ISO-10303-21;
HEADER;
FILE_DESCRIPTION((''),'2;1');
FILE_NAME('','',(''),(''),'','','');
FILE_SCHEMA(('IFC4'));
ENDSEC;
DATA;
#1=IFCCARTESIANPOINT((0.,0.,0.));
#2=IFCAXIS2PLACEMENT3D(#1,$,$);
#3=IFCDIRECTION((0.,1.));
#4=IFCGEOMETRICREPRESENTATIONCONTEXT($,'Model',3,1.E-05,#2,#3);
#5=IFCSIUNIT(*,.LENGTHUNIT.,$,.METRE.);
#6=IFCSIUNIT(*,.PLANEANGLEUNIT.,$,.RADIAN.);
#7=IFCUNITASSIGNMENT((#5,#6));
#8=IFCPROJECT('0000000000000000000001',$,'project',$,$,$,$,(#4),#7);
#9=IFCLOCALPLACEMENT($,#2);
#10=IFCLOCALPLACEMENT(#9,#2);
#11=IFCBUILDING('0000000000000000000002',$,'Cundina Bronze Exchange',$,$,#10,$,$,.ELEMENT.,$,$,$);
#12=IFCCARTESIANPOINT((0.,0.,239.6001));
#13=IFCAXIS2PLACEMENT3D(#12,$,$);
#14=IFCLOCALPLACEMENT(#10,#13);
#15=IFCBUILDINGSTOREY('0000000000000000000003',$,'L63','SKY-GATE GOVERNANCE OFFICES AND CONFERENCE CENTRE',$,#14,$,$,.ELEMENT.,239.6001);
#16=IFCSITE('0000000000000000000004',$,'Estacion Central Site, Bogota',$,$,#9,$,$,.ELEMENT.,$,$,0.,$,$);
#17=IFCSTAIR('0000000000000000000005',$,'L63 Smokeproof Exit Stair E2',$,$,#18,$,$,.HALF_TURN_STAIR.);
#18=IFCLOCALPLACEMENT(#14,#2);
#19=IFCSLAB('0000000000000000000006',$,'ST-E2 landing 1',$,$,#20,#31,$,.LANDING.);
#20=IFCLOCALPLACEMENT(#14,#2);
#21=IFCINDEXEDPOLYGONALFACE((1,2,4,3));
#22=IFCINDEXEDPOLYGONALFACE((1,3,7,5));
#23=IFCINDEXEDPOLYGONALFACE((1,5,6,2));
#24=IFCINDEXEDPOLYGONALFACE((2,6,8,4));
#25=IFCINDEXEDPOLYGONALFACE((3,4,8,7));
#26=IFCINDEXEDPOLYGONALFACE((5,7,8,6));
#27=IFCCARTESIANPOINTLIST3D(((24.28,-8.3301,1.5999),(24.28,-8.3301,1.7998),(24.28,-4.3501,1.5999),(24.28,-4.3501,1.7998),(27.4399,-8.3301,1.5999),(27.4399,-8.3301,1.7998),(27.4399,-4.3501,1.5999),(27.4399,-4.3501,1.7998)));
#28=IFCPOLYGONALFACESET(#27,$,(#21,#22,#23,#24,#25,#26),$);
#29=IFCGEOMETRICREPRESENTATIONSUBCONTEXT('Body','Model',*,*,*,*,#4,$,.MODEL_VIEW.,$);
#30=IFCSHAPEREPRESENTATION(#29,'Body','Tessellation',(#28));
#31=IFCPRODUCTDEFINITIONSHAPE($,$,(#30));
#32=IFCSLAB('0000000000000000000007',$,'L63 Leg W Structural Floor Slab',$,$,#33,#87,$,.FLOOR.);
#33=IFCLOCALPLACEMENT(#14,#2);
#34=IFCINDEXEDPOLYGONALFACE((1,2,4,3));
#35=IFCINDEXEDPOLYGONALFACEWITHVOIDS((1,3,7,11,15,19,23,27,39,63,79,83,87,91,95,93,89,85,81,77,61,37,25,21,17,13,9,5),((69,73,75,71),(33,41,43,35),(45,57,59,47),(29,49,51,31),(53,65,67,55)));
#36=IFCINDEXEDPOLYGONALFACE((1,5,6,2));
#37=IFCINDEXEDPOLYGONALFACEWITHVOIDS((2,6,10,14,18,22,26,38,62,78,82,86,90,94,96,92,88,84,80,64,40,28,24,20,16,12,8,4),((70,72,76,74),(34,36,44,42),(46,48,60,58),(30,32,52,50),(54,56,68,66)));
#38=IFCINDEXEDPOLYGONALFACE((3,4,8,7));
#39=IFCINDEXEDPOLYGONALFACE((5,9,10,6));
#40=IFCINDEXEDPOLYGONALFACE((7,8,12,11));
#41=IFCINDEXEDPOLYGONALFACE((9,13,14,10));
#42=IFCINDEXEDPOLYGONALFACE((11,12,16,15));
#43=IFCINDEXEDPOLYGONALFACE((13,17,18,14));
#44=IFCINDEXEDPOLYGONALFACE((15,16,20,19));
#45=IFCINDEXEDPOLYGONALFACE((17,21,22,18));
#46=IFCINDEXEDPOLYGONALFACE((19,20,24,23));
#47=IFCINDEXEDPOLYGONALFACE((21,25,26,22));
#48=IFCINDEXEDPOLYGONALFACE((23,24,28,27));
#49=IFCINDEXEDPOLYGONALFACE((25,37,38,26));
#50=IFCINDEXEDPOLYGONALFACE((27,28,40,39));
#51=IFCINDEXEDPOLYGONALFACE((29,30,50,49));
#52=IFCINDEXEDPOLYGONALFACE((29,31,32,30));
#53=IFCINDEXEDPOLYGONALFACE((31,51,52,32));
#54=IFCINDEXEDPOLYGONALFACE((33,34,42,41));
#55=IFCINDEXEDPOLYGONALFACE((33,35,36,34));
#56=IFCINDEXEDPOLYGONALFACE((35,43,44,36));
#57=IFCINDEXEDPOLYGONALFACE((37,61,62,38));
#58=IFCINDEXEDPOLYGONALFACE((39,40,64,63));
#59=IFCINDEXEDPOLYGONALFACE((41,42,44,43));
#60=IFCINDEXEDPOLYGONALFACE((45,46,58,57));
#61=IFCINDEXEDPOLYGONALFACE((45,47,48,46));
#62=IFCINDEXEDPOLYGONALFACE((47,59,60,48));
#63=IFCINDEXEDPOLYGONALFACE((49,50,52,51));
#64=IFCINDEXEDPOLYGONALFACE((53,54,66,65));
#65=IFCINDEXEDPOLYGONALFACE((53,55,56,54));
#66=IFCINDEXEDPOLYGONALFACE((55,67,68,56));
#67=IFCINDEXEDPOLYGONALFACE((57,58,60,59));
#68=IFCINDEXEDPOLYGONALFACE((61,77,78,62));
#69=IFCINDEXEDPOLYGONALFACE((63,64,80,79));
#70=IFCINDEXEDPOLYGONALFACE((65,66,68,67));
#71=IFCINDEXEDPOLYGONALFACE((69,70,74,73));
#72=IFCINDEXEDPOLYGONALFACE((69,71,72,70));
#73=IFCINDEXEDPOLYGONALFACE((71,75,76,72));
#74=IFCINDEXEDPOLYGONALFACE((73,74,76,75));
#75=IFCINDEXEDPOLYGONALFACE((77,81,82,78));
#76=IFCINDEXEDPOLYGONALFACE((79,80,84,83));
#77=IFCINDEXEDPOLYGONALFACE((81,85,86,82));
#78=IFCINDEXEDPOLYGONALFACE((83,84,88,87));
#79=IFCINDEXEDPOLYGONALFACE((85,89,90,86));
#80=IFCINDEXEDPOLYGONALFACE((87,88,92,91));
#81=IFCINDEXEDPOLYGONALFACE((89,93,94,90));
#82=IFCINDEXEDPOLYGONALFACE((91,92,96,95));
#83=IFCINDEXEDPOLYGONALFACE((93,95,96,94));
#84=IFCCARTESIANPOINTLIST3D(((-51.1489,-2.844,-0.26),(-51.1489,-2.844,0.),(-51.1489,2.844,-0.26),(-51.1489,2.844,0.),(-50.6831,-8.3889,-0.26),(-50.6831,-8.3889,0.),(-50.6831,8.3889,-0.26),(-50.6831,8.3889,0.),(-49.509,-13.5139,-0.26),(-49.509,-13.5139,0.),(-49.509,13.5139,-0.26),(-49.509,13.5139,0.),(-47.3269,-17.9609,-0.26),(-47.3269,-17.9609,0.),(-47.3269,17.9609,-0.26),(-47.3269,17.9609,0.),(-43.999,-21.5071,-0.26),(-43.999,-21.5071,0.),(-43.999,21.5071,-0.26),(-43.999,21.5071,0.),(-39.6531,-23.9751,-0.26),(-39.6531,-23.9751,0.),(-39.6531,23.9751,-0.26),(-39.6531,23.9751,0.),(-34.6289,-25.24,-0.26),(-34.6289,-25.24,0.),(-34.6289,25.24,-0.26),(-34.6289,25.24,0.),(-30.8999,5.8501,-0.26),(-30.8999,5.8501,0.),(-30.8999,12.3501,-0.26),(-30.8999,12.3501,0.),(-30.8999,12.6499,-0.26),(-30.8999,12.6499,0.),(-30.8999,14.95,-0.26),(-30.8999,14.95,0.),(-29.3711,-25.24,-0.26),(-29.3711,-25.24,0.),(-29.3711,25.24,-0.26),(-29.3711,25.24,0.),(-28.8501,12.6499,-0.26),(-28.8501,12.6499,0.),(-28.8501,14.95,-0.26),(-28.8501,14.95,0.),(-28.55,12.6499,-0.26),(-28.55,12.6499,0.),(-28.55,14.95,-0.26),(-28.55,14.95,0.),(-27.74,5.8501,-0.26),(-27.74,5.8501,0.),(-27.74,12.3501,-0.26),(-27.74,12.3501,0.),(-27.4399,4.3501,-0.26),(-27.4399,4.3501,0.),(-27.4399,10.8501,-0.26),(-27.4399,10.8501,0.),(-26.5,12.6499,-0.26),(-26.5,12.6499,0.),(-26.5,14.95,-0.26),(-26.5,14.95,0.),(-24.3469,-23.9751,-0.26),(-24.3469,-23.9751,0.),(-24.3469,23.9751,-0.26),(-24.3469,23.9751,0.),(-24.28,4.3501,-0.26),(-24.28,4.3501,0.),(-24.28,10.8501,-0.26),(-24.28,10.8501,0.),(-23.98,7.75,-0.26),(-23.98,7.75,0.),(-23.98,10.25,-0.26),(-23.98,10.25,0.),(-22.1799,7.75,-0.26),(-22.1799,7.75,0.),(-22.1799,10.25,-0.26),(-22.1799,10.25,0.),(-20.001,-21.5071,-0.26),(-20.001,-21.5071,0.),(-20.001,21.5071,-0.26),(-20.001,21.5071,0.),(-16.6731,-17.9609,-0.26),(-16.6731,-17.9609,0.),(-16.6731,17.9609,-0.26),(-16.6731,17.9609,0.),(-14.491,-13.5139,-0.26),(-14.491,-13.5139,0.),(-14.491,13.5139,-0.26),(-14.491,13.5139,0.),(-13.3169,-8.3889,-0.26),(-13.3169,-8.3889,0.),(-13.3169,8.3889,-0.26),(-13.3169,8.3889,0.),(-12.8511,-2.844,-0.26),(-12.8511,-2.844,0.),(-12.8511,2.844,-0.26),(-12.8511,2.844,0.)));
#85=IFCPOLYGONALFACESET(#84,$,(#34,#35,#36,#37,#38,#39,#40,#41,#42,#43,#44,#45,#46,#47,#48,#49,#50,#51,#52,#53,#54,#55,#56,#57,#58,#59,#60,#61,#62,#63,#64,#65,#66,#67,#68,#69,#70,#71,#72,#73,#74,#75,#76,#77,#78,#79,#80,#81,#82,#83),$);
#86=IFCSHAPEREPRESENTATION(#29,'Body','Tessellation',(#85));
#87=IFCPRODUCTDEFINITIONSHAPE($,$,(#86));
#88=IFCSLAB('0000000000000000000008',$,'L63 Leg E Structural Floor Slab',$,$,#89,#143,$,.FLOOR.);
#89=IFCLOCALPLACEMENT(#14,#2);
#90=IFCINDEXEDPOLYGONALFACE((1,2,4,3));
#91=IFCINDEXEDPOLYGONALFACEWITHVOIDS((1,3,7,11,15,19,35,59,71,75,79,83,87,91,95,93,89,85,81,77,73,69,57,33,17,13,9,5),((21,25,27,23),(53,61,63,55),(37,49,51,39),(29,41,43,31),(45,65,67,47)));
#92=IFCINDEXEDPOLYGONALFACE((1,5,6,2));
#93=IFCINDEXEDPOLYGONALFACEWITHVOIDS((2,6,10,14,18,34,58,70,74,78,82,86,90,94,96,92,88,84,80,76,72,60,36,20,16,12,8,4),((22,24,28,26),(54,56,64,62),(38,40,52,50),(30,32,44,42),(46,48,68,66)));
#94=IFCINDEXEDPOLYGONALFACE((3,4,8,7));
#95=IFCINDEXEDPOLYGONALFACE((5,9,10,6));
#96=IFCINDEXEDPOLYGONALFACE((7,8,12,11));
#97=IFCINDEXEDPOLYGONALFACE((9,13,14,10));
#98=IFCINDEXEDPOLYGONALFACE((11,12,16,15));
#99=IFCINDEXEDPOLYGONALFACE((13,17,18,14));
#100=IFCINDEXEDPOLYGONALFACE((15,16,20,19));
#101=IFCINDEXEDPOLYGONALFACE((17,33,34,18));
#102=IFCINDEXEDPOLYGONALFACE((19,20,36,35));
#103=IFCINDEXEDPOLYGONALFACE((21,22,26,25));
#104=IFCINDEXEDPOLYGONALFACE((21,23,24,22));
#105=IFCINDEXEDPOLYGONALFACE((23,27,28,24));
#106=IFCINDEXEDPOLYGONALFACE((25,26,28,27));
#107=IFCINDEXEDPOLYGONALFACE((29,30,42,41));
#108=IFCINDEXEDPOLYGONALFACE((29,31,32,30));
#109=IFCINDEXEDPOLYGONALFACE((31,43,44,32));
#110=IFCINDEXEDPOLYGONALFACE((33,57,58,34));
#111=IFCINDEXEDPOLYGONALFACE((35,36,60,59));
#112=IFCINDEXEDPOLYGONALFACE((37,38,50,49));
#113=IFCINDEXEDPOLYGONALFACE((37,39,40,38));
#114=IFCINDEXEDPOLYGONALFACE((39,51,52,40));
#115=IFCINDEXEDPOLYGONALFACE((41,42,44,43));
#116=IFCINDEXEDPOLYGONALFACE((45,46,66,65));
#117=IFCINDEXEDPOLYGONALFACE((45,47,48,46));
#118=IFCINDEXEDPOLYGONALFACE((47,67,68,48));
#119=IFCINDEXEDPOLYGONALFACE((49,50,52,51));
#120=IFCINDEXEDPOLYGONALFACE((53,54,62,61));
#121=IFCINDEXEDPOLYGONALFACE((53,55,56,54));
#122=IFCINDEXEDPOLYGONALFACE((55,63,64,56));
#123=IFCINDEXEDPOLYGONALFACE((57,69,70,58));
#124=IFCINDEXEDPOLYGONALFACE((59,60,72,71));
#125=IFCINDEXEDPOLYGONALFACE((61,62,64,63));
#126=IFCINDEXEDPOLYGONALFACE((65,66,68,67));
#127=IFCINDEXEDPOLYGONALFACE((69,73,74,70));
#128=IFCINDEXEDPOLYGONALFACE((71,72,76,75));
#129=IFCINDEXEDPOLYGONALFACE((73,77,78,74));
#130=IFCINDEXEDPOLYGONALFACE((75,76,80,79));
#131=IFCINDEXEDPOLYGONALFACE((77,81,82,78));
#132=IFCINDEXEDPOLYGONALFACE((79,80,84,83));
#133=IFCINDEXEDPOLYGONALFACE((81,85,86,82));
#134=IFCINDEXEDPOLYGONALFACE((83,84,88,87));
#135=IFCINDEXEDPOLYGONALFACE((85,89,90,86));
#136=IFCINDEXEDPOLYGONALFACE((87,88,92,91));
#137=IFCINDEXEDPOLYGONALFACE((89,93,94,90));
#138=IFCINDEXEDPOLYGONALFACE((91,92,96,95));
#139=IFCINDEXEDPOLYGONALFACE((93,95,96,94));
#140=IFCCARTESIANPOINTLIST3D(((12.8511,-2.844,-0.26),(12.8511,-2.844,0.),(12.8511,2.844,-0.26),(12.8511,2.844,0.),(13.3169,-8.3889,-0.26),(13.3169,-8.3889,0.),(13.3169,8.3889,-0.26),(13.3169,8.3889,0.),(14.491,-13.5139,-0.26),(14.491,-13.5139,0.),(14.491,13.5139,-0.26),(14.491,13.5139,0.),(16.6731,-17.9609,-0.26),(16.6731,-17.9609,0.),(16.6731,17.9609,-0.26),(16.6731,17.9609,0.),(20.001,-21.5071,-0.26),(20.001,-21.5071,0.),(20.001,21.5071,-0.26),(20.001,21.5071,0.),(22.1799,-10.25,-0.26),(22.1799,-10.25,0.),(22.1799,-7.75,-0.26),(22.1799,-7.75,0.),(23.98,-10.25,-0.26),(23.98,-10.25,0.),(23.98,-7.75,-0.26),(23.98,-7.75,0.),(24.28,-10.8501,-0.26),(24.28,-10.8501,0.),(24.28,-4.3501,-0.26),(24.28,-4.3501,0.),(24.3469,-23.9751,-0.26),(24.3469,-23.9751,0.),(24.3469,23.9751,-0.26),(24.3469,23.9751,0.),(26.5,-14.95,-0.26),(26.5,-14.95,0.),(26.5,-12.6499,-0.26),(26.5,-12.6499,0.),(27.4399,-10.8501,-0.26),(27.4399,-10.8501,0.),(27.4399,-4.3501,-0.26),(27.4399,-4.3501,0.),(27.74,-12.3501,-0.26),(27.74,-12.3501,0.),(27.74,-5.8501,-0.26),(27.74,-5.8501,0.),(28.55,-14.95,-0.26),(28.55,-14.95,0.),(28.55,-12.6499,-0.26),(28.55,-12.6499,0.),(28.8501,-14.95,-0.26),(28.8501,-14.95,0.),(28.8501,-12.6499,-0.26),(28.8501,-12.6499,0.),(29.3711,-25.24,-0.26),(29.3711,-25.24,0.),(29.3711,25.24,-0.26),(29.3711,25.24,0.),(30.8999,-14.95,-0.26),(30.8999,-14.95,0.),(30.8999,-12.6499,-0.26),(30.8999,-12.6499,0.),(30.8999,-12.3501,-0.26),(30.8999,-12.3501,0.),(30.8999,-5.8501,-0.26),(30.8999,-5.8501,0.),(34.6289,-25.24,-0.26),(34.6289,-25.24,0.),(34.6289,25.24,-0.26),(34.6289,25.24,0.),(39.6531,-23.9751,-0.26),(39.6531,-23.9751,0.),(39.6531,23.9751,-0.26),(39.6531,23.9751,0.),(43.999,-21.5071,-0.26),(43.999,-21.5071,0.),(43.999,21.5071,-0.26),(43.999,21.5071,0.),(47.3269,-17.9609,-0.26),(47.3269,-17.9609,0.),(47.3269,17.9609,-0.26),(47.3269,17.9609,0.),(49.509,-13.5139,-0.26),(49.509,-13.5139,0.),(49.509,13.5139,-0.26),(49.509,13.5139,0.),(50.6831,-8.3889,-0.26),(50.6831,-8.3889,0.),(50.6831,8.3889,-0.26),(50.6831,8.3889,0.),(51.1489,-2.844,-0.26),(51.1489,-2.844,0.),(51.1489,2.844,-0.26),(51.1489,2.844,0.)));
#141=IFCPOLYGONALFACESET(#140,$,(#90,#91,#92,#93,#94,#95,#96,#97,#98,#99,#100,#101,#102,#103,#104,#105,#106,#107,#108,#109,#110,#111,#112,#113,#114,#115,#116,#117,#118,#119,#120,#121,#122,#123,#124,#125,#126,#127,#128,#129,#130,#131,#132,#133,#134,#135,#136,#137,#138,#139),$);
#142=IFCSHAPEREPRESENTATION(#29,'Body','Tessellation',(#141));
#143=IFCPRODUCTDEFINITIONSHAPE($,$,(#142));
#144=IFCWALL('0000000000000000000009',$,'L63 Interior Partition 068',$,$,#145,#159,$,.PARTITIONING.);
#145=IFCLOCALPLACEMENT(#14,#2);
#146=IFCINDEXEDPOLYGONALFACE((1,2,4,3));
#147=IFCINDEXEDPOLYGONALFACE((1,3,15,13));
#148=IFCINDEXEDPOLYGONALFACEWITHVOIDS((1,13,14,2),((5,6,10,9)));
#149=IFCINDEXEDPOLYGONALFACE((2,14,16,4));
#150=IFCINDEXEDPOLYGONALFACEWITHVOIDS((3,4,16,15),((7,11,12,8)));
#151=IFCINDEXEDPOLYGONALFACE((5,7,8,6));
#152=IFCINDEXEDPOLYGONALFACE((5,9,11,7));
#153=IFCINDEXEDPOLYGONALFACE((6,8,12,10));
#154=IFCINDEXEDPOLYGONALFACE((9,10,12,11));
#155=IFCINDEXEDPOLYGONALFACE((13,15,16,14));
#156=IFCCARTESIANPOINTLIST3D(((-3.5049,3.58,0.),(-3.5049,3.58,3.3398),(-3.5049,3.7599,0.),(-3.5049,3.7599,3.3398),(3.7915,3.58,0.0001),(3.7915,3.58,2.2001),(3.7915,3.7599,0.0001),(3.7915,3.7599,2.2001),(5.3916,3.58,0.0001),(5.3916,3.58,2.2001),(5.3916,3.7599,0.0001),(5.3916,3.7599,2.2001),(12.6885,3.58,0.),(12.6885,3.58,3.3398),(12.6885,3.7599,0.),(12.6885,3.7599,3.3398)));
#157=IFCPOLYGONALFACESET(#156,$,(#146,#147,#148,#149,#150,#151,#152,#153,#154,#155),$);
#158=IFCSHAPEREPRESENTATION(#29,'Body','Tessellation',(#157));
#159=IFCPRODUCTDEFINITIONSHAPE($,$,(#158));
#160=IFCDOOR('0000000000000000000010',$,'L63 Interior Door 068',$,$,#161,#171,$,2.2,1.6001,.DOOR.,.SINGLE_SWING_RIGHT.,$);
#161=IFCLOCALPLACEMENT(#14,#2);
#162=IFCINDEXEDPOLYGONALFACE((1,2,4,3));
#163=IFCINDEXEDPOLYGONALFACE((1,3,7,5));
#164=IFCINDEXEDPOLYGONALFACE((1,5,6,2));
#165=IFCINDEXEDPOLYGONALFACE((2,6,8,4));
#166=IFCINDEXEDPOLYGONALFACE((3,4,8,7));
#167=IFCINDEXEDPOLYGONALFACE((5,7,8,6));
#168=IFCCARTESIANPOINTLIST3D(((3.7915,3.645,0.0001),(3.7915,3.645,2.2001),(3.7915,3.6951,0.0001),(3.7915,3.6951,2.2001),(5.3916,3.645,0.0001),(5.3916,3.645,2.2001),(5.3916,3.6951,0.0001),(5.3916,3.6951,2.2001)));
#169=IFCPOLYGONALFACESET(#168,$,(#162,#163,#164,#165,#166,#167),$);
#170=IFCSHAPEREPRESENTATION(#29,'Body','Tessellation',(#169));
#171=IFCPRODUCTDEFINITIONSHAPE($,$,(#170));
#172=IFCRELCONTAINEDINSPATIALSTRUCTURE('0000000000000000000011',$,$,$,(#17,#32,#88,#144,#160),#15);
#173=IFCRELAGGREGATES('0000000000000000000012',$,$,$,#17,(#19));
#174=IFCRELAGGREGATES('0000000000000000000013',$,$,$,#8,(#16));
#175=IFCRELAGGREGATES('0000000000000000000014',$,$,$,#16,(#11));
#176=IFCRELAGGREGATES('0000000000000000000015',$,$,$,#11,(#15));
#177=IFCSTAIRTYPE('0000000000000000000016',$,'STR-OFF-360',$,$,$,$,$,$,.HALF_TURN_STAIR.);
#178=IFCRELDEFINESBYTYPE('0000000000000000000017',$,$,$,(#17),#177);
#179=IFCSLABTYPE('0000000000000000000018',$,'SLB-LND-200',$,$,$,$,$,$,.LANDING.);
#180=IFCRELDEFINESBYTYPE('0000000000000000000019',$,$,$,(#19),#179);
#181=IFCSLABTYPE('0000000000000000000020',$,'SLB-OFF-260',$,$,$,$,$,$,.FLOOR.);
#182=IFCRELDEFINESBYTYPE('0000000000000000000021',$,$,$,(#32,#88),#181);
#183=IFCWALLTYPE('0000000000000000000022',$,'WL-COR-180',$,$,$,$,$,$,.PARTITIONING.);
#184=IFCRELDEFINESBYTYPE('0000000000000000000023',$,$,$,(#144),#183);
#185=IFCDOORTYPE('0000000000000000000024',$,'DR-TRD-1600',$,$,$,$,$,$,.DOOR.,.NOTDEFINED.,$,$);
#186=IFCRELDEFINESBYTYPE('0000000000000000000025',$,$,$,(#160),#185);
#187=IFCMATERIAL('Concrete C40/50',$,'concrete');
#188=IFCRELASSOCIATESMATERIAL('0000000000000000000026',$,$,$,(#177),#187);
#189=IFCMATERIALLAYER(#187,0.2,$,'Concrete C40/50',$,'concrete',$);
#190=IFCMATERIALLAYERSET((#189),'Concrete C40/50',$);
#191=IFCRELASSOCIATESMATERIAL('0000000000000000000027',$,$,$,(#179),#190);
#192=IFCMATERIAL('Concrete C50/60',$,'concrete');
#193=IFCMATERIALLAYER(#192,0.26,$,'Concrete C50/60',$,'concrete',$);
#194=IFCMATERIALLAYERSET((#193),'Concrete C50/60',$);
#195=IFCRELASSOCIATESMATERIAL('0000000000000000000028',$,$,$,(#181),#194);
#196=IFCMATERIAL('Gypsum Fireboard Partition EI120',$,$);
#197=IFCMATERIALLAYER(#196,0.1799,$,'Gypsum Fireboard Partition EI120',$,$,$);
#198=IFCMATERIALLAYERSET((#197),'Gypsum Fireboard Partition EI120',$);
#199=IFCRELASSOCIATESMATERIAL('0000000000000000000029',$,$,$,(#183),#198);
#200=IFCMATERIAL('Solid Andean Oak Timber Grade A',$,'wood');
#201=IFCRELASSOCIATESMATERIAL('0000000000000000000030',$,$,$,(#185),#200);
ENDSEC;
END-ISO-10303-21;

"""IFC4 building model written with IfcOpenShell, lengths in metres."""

from ifc_helpers import new_model, si_unit, direction, frame, frame_2d, origin, place, context, subcontext, project, spatial, polyline, rectangle, outline, extrude, material, layer, layer_set, type_object, element, fill, aggregate, save


model = new_model("IFC4")

# Units and contexts
model_context = context("Model", 3, precision=1e-05, world=origin(), true_north=direction((0.0, 1.0)))
body_context = subcontext(model_context, "Body", "Model", "MODEL_VIEW")
ifc_project = project(units=[si_unit("LENGTHUNIT", "METRE"), si_unit("PLANEANGLEUNIT", "RADIAN")], contexts=[model_context])

# Site, building, storey
site_placement = place(None, origin())
site = spatial("IfcSite", under=ifc_project, at=site_placement, Name="Estacion Central Site, Bogota", CompositionType="ELEMENT", RefElevation=0.0)
building_placement = place(site_placement, origin())
building = spatial("IfcBuilding", under=site, at=building_placement, Name="Cundina Bronze Exchange", CompositionType="ELEMENT")
storey_placement = place(building_placement, frame((0.0, 0.0, 239.6001)))
storey = spatial("IfcBuildingStorey", under=building, at=storey_placement, Name="L63", Description="SKY-GATE GOVERNANCE OFFICES AND CONFERENCE CENTRE", CompositionType="ELEMENT", Elevation=239.6001)

# Shared definitions
ifc_material_1 = material(Name="Concrete C50/60", Category="concrete")

# Stair, slab
ifc_material_2 = material(Name="Concrete C40/50", Category="concrete")
stair_type = type_object("IfcStairType", Name="STR-OFF-360", PredefinedType="HALF_TURN_STAIR", material=ifc_material_2)
ifc_layer_1 = layer(ifc_material_2, 0.2, Name="Concrete C40/50", Category="concrete")
ifc_layer_set_1 = layer_set([ifc_layer_1], Name="Concrete C40/50")
slab_type_1 = type_object("IfcSlabType", Name="SLB-LND-200", PredefinedType="LANDING", material=ifc_layer_set_1)
stair_1_placement = place(storey_placement, origin())
stair_1 = element("IfcStair", 1, at=stair_1_placement, inside=storey, type_object=stair_type, Name="L63 Smokeproof Exit Stair E2", PredefinedType="HALF_TURN_STAIR")
slab_1_placement = place(storey_placement, frame((0.0, 0.0, 1.5999)))
slab_1 = element("IfcSlab", 2, at=slab_1_placement, type_object=slab_type_1, Name="ST-E2 landing 1", PredefinedType="LANDING", context=body_context, shape_type="SweptSolid", body=[
    extrude(outline(polyline([(27.4399, -8.3301), (27.4399, -4.3501), (24.28, -4.3501), (24.28, -8.3301), (27.4399, -8.3301)])), origin(), (0.0, 0.0, 1.0), 0.2),
])
aggregate(stair_1, [slab_1])

# Slabs
ifc_layer_2 = layer(ifc_material_1, 0.26, Name="Concrete C50/60", Category="concrete")
ifc_layer_set_2 = layer_set([ifc_layer_2], Name="Concrete C50/60")
slab_type_2 = type_object("IfcSlabType", Name="SLB-OFF-260", PredefinedType="FLOOR", material=ifc_layer_set_2)
slab_2_placement = place(storey_placement, frame((0.0, 0.0, -0.26)))
element("IfcSlab", 3, at=slab_2_placement, inside=storey, type_object=slab_type_2, Name="L63 Leg W Structural Floor Slab", PredefinedType="FLOOR", context=body_context, shape_type="SweptSolid", body=[
    extrude(outline(polyline([(-12.8511, 2.844), (-13.3169, 8.3889), (-14.491, 13.5139), (-16.6731, 17.9609), (-20.001, 21.5071), (-24.3469, 23.9751), (-29.3711, 25.24), (-34.6289, 25.24), (-39.6531, 23.9751), (-43.999, 21.5071), (-47.3269, 17.9609), (-49.509, 13.5139), (-50.6831, 8.3889), (-51.1489, 2.844), (-51.1489, -2.844), (-50.6831, -8.3889), (-49.509, -13.5139), (-47.3269, -17.9609), (-43.999, -21.5071), (-39.6531, -23.9751), (-34.6289, -25.24), (-29.3711, -25.24), (-24.3469, -23.9751), (-20.001, -21.5071), (-16.6731, -17.9609), (-14.491, -13.5139), (-13.3169, -8.3889), (-12.8511, -2.844), (-12.8511, 2.844)]), holes=[polyline([(-27.74, 5.8501), (-27.74, 12.3501), (-30.8999, 12.3501), (-30.8999, 5.8501), (-27.74, 5.8501)]), polyline([(-27.4399, 10.8501), (-27.4399, 4.3501), (-24.28, 4.3501), (-24.28, 10.8501), (-27.4399, 10.8501)]), polyline([(-23.98, 10.25), (-22.1799, 10.25), (-22.1799, 7.75), (-23.98, 7.75), (-23.98, 10.25)]), polyline([(-30.8999, 14.95), (-28.8501, 14.95), (-28.8501, 12.6499), (-30.8999, 12.6499), (-30.8999, 14.95)]), polyline([(-28.55, 14.95), (-26.5, 14.95), (-26.5, 12.6499), (-28.55, 12.6499), (-28.55, 14.95)])]), origin(), (0.0, 0.0, 1.0), 0.26),
])
slab_3_placement = place(storey_placement, frame((0.0, 0.0, -0.26)))
element("IfcSlab", 4, at=slab_3_placement, inside=storey, type_object=slab_type_2, Name="L63 Leg E Structural Floor Slab", PredefinedType="FLOOR", context=body_context, shape_type="SweptSolid", body=[
    extrude(outline(polyline([(51.1489, 2.844), (50.6831, 8.3889), (49.509, 13.5139), (47.3269, 17.9609), (43.999, 21.5071), (39.6531, 23.9751), (34.6289, 25.24), (29.3711, 25.24), (24.3469, 23.9751), (20.001, 21.5071), (16.6731, 17.9609), (14.491, 13.5139), (13.3169, 8.3889), (12.8511, 2.844), (12.8511, -2.844), (13.3169, -8.3889), (14.491, -13.5139), (16.6731, -17.9609), (20.001, -21.5071), (24.3469, -23.9751), (29.3711, -25.24), (34.6289, -25.24), (39.6531, -23.9751), (43.999, -21.5071), (47.3269, -17.9609), (49.509, -13.5139), (50.6831, -8.3889), (51.1489, -2.844), (51.1489, 2.844)]), holes=[polyline([(27.74, -5.8501), (27.74, -12.3501), (30.8999, -12.3501), (30.8999, -5.8501), (27.74, -5.8501)]), polyline([(27.4399, -10.8501), (27.4399, -4.3501), (24.28, -4.3501), (24.28, -10.8501), (27.4399, -10.8501)]), polyline([(22.1799, -7.75), (23.98, -7.75), (23.98, -10.25), (22.1799, -10.25), (22.1799, -7.75)]), polyline([(28.8501, -12.6499), (30.8999, -12.6499), (30.8999, -14.95), (28.8501, -14.95), (28.8501, -12.6499)]), polyline([(26.5, -12.6499), (28.55, -12.6499), (28.55, -14.95), (26.5, -14.95), (26.5, -12.6499)])]), origin(), (0.0, 0.0, 1.0), 0.26),
])

# Wall, opening, door
ifc_material_3 = material(Name="Gypsum Fireboard Partition EI120")
ifc_layer_3 = layer(ifc_material_3, 0.1799, Name="Gypsum Fireboard Partition EI120")
ifc_layer_set_3 = layer_set([ifc_layer_3], Name="Gypsum Fireboard Partition EI120")
wall_type = type_object("IfcWallType", Name="WL-COR-180", PredefinedType="PARTITIONING", material=ifc_layer_set_3)
wall_1_placement = place(storey_placement, frame((12.6885, 3.6699, 0.0), z_axis=(0.0, 0.0, 1.0), x_axis=(-1.0, 0.0, 0.0)))
wall_1 = element("IfcWall", 5, at=wall_1_placement, inside=storey, type_object=wall_type, Name="L63 Interior Partition 068", PredefinedType="PARTITIONING", context=body_context, shape_type="SweptSolid", body=[
    extrude(rectangle(XDim=16.1934, YDim=0.1799, at=frame_2d((8.0967, 0.0))), origin(), (0.0, 0.0, 1.0), 3.3398),
])
opening_1_placement = place(wall_1_placement, frame((7.2969, 0.0, 0.0)))
opening_1 = element("IfcOpeningElement", 6, at=opening_1_placement, cuts=wall_1, PredefinedType="OPENING", context=body_context, shape_type="SweptSolid", body=[
    extrude(rectangle(XDim=1.6001, YDim=2.2, at=frame_2d((0.8, 1.1001))), frame((0.0, 0.0999, 0.0), z_axis=(0.0, -1.0, 0.0), x_axis=(1.0, 0.0, 0.0)), (0.0, 0.0, 1.0), 0.2),
])
ifc_material_4 = material(Name="Solid Andean Oak Timber Grade A", Category="wood")
door_type_1 = type_object("IfcDoorType", Name="DR-TRD-1600", OperationType="NOTDEFINED", PredefinedType="DOOR", material=ifc_material_4)
door_1_placement = place(opening_1_placement, origin())
door_1 = element("IfcDoor", 7, at=door_1_placement, inside=storey, type_object=door_type_1, Name="L63 Interior Door 068", OperationType="SINGLE_SWING_RIGHT", OverallHeight=2.2, OverallWidth=1.6001, PredefinedType="DOOR", context=body_context, shape_type="SweptSolid", body=[
    extrude(rectangle(XDim=1.6001, YDim=2.2, at=frame_2d((0.8, 1.1001))), frame((0.0, 0.0249, 0.0), z_axis=(0.0, -1.0, 0.0), x_axis=(1.0, 0.0, 0.0)), (0.0, 0.0, 1.0), 0.05),
])
fill(opening_1, door_1)

save(model, "model.ifc")
